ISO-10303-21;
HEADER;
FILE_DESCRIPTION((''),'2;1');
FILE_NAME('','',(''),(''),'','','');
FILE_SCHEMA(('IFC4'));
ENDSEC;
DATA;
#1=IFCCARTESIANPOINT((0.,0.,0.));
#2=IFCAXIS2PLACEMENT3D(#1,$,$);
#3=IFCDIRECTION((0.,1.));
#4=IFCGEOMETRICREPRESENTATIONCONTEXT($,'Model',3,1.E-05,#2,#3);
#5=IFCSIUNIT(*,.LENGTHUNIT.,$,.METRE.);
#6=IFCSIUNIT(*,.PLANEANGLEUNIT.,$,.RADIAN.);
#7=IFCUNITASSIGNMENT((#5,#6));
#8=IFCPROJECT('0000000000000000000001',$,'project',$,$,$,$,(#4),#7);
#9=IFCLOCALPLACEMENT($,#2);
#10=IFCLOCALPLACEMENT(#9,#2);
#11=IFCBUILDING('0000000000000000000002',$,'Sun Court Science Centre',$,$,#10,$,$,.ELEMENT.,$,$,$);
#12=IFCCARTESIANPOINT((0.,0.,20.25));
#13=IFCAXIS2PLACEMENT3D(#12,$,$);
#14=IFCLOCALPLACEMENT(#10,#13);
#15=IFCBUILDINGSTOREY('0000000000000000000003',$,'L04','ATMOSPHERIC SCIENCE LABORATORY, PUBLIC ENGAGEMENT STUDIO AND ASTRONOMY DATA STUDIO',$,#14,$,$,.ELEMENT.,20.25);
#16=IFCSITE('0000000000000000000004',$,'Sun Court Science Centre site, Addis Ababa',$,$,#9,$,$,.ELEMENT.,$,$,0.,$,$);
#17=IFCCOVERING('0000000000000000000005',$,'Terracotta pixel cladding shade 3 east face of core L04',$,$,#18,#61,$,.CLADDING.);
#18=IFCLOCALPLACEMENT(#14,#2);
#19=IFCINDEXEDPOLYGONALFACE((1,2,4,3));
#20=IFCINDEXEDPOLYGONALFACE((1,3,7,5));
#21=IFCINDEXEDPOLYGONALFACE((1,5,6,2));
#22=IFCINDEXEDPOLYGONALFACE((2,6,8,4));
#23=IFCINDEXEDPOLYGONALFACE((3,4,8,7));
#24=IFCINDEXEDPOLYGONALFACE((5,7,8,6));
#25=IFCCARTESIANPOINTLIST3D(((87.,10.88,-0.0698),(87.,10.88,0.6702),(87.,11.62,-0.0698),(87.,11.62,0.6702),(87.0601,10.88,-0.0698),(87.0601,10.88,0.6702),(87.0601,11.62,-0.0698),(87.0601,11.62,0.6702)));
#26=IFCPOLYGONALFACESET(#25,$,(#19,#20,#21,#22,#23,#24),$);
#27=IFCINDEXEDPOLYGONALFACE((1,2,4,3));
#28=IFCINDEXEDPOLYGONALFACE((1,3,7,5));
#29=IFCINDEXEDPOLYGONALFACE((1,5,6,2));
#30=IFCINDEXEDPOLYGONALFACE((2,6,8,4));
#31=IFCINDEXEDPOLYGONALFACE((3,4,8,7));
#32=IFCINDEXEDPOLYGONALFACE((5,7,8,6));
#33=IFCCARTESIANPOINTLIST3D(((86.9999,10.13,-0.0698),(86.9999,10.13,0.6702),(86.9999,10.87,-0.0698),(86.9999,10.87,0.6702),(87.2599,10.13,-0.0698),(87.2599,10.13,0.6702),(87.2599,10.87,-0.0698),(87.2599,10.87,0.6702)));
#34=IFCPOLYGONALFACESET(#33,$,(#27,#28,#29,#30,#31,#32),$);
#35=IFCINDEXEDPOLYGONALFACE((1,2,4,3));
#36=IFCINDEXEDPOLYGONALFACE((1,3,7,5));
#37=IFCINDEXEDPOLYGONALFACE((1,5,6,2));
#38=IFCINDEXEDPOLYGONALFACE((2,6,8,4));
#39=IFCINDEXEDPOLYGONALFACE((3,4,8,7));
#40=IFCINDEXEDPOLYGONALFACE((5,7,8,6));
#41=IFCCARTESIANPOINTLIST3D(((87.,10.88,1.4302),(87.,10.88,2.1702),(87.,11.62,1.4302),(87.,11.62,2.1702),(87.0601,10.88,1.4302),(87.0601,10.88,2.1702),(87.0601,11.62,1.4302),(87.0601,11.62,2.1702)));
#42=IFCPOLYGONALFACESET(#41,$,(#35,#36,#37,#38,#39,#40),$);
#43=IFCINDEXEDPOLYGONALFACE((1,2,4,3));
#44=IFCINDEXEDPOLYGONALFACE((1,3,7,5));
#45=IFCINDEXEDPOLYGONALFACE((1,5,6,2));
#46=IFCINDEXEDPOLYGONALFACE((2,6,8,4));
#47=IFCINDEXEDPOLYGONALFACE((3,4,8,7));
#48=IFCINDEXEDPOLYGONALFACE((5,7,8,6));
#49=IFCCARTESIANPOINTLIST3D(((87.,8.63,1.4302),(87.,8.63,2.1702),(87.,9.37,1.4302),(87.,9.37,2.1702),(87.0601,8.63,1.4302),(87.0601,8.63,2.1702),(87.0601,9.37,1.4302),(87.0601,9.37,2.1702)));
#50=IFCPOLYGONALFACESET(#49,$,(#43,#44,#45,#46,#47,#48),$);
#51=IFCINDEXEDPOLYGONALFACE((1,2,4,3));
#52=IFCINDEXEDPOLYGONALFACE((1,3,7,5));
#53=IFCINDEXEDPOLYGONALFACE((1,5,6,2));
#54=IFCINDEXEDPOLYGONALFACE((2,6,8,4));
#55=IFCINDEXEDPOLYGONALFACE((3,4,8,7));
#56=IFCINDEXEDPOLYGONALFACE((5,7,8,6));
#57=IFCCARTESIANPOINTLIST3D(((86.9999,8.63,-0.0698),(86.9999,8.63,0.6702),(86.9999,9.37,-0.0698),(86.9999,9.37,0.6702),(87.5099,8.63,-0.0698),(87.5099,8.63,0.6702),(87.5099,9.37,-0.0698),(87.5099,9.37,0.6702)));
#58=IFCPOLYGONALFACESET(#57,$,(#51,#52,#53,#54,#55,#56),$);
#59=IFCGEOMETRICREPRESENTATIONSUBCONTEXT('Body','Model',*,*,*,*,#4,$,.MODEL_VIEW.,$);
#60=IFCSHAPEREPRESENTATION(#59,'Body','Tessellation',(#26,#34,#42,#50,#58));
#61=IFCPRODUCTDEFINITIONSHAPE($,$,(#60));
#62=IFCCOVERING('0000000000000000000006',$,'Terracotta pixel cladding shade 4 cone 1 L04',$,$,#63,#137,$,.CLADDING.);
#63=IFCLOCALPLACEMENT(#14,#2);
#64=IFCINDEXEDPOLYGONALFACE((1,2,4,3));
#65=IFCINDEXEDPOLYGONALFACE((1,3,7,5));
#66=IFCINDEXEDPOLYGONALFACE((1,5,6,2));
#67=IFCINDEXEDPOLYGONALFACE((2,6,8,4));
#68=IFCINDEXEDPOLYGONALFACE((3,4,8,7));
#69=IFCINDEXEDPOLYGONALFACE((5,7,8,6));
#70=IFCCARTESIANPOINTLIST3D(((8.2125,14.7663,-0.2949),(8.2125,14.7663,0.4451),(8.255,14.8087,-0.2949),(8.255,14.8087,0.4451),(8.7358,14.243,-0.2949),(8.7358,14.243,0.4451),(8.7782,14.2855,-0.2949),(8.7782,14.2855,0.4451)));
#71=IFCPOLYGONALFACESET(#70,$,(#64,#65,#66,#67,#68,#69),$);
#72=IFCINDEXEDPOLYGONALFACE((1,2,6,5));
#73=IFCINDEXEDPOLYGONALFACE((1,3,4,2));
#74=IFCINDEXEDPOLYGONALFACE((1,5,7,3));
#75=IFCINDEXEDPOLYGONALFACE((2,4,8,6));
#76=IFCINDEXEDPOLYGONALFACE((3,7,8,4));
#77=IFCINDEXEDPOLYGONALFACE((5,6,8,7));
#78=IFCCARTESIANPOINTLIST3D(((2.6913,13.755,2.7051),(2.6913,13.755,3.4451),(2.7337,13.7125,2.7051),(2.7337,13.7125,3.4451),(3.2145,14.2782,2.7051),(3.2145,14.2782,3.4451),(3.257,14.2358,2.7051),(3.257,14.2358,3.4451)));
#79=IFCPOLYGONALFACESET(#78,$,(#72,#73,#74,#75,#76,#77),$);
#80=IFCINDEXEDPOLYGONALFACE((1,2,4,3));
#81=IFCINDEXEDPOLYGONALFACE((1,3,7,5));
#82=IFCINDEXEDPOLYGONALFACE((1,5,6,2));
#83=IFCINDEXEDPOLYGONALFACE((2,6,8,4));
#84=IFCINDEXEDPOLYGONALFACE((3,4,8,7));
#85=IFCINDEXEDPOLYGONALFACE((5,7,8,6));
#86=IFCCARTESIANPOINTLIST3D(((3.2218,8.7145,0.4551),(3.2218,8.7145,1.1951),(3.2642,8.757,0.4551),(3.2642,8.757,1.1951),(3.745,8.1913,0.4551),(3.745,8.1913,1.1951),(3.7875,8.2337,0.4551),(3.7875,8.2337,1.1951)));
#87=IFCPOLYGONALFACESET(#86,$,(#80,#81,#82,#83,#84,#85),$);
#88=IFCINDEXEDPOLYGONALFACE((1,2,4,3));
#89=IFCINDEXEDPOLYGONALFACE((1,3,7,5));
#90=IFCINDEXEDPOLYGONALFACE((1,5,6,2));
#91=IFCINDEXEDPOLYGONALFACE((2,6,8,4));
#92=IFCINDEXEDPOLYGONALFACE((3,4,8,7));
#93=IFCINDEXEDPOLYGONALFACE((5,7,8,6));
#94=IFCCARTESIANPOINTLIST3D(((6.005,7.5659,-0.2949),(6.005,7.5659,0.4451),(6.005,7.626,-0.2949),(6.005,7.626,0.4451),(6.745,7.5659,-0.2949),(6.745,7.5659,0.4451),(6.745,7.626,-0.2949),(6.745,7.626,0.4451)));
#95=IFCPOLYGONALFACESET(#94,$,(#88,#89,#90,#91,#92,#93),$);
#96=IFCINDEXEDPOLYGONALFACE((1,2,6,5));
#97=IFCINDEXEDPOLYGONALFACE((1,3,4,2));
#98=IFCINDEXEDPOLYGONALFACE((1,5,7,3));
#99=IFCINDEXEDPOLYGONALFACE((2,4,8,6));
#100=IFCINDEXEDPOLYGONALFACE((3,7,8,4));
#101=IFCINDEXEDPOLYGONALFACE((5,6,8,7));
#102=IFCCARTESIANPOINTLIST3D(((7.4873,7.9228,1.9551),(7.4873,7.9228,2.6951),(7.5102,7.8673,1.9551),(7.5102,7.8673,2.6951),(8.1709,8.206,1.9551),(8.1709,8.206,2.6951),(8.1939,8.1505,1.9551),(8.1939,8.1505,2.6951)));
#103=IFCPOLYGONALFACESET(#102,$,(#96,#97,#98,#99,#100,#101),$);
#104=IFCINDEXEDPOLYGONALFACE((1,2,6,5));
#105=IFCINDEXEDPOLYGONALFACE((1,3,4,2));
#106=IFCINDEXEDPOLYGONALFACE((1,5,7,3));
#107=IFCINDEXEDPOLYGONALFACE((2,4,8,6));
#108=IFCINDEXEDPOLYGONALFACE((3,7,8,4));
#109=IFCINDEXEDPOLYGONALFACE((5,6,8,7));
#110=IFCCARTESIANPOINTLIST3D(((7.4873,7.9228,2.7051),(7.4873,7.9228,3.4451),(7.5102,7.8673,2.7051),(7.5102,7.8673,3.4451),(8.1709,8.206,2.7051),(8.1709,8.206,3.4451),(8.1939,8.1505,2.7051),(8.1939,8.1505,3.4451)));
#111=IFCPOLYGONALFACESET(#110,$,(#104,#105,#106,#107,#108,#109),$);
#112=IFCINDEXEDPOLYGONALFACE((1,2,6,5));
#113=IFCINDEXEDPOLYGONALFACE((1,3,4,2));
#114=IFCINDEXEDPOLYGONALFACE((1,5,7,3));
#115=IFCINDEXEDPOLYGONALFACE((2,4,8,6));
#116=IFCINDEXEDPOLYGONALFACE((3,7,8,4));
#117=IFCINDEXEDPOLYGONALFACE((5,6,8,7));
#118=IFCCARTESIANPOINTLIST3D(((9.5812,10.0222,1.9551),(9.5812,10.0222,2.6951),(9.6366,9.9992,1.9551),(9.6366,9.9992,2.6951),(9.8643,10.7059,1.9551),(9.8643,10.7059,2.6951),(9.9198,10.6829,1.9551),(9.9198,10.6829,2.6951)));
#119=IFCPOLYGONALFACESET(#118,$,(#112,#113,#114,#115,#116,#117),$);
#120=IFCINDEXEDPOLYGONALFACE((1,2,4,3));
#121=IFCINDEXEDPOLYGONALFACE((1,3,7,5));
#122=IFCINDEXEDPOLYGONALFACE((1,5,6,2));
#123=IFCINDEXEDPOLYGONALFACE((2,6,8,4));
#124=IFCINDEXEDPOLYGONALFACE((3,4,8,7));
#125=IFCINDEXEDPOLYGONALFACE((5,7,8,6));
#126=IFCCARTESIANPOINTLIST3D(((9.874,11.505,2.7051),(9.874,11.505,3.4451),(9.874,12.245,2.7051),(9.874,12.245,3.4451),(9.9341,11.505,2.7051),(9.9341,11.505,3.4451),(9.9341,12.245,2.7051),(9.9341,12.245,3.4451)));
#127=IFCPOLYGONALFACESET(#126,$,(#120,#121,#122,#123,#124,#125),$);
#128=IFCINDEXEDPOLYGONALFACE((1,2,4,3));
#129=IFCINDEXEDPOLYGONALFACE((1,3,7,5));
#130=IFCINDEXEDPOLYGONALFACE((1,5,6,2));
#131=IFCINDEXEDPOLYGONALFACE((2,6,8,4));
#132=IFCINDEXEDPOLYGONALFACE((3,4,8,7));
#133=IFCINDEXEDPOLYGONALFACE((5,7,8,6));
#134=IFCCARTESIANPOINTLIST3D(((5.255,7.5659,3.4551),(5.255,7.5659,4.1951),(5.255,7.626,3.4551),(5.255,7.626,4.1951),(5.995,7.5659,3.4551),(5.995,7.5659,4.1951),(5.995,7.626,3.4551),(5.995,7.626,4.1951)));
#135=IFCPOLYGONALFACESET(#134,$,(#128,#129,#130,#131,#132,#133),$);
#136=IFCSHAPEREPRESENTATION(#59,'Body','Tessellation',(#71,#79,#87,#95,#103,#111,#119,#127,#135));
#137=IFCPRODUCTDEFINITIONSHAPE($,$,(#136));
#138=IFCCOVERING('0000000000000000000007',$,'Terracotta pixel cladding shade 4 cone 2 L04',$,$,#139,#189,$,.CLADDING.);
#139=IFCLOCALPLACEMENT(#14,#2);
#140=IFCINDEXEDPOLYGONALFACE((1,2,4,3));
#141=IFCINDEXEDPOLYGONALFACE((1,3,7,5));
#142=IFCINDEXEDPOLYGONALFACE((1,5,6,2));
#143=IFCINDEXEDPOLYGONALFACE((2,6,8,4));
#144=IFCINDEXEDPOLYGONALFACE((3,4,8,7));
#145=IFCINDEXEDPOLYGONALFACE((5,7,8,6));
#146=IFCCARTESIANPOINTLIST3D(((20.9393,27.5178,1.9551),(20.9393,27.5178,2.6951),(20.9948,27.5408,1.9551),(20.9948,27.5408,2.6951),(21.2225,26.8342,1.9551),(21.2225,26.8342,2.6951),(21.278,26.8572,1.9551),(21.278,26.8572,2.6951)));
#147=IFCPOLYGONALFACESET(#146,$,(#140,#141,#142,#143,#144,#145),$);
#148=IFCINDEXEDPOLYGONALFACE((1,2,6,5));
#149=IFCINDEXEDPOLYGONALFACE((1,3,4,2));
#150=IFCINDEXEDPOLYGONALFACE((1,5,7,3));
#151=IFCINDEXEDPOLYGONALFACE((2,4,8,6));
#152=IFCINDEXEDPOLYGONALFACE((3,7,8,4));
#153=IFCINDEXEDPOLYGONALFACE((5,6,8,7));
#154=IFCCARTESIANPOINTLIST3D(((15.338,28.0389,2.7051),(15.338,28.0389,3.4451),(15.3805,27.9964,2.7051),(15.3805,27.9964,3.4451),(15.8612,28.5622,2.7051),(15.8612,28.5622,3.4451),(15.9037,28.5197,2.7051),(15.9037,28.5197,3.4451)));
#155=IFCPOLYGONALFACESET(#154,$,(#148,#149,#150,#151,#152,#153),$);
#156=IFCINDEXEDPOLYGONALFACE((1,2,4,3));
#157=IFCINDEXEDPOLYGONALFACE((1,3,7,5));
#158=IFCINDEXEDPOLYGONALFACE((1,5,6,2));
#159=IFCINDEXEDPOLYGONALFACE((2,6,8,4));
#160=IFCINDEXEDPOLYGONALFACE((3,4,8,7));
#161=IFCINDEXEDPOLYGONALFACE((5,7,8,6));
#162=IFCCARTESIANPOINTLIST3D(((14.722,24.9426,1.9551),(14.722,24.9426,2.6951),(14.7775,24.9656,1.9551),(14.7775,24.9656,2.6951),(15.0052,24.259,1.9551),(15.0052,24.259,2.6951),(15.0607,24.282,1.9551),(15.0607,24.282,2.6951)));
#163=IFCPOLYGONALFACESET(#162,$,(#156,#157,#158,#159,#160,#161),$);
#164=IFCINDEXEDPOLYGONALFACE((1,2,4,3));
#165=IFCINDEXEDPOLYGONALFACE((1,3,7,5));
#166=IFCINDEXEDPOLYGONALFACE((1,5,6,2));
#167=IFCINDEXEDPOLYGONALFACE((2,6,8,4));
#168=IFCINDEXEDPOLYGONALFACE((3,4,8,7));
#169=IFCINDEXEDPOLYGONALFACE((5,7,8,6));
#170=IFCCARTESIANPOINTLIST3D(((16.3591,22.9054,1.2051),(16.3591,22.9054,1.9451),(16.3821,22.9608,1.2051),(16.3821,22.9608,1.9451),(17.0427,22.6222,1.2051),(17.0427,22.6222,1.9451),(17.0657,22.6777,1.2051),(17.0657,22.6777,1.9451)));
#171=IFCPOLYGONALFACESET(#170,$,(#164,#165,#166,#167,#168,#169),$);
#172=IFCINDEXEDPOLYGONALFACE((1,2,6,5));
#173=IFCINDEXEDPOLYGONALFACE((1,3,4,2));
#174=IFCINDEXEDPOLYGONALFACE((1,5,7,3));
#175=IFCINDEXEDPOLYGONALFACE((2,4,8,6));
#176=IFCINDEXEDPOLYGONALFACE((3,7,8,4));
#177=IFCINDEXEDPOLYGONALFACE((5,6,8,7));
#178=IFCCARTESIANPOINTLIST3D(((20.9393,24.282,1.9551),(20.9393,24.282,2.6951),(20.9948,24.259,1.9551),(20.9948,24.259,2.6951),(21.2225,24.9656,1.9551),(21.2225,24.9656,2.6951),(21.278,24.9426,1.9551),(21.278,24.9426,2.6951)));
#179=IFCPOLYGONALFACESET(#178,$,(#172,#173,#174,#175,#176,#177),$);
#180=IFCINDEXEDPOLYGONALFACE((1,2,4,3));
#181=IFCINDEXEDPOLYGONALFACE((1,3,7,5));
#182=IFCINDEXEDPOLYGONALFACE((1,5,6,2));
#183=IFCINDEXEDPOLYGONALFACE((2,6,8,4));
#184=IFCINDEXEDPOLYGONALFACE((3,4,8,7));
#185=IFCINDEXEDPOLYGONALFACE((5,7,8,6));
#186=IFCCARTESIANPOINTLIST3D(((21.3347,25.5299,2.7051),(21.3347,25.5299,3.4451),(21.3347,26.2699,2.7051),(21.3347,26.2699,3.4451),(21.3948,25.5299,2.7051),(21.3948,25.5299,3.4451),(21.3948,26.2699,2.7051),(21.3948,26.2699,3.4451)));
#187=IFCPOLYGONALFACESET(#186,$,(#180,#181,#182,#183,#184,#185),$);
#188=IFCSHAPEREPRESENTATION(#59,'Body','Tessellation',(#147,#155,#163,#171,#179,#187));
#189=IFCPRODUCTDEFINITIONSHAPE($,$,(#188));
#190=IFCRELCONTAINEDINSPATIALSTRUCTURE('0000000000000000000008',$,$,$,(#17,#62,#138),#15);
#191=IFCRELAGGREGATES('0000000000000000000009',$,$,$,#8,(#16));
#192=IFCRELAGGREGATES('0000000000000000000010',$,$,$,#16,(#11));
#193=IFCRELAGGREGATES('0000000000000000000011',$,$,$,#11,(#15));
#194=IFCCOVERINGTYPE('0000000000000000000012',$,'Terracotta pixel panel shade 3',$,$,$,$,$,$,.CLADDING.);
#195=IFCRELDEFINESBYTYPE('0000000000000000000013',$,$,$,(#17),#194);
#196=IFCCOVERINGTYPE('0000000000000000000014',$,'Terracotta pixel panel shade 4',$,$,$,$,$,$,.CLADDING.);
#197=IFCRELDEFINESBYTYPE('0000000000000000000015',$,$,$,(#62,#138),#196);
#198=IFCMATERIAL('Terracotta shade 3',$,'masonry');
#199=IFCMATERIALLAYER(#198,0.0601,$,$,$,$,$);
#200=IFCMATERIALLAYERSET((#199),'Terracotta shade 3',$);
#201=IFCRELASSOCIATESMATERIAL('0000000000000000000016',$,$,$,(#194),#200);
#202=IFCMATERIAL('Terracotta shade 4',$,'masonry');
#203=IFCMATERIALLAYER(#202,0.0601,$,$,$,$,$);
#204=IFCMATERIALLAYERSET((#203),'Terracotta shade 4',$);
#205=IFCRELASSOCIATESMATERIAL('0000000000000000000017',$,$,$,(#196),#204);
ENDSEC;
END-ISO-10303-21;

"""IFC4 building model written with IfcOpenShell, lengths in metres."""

from ifc_helpers import new_model, si_unit, direction, frame, origin, origin_2d, place, context, subcontext, project, spatial, rectangle, extrude, material, layer, layer_set, type_object, element, save


model = new_model("IFC4")

# Units and contexts
model_context = context("Model", 3, precision=1e-05, world=origin(), true_north=direction((0.0, 1.0)))
body_context = subcontext(model_context, "Body", "Model", "MODEL_VIEW")
ifc_project = project(units=[si_unit("LENGTHUNIT", "METRE"), si_unit("PLANEANGLEUNIT", "RADIAN")], contexts=[model_context])

# Site, building, storey
site_placement = place(None, origin())
site = spatial("IfcSite", under=ifc_project, at=site_placement, Name="Sun Court Science Centre site, Addis Ababa", CompositionType="ELEMENT", RefElevation=0.0)
building_placement = place(site_placement, origin())
building = spatial("IfcBuilding", under=site, at=building_placement, Name="Sun Court Science Centre", CompositionType="ELEMENT")
storey_placement = place(building_placement, frame((0.0, 0.0, 20.25)))
storey = spatial("IfcBuildingStorey", under=building, at=storey_placement, Name="L04", Description="ATMOSPHERIC SCIENCE LABORATORY, PUBLIC ENGAGEMENT STUDIO AND ASTRONOMY DATA STUDIO", CompositionType="ELEMENT", Elevation=20.25)

# Coverings
ifc_material_1 = material(Name="Terracotta shade 3", Category="masonry")
ifc_layer_1 = layer(ifc_material_1, 0.0601)
ifc_layer_set_1 = layer_set([ifc_layer_1], Name="Terracotta shade 3")
covering_type_1 = type_object("IfcCoveringType", Name="Terracotta pixel panel shade 3", PredefinedType="CLADDING", material=ifc_layer_set_1)
covering_1_placement = place(storey_placement, frame((0.0, 0.0, -20.25)))
element("IfcCovering", 1, at=covering_1_placement, inside=storey, type_object=covering_type_1, Name="Terracotta pixel cladding shade 3 east face of core L04", PredefinedType="CLADDING", context=body_context, shape_type="SweptSolid", body=[
    extrude(rectangle(XDim=0.74, YDim=0.0601, at=origin_2d()), frame((87.03, 11.25, 20.1802), z_axis=(0.0, 0.0, 1.0), x_axis=(0.0, -1.0, 0.0)), (0.0, 0.0, 1.0), 0.74),
    extrude(rectangle(XDim=0.74, YDim=0.26, at=origin_2d()), frame((87.1299, 10.5, 20.1802), z_axis=(0.0, 0.0, 1.0), x_axis=(0.0, -1.0, 0.0)), (0.0, 0.0, 1.0), 0.74),
    extrude(rectangle(XDim=0.74, YDim=0.0601, at=origin_2d()), frame((87.03, 11.25, 21.6802), z_axis=(0.0, 0.0, 1.0), x_axis=(0.0, -1.0, 0.0)), (0.0, 0.0, 1.0), 0.74),
    extrude(rectangle(XDim=0.74, YDim=0.0601, at=origin_2d()), frame((87.03, 9.0, 21.6802), z_axis=(0.0, 0.0, 1.0), x_axis=(0.0, -1.0, 0.0)), (0.0, 0.0, 1.0), 0.74),
    extrude(rectangle(XDim=0.74, YDim=0.51, at=origin_2d()), frame((87.2549, 9.0, 20.1802), z_axis=(0.0, 0.0, 1.0), x_axis=(0.0, -1.0, 0.0)), (0.0, 0.0, 1.0), 0.74),
])
ifc_material_2 = material(Name="Terracotta shade 4", Category="masonry")
ifc_layer_2 = layer(ifc_material_2, 0.0601)
ifc_layer_set_2 = layer_set([ifc_layer_2], Name="Terracotta shade 4")
covering_type_2 = type_object("IfcCoveringType", Name="Terracotta pixel panel shade 4", PredefinedType="CLADDING", material=ifc_layer_set_2)
covering_2_placement = place(storey_placement, frame((0.0, 0.0, -20.25)))
element("IfcCovering", 2, at=covering_2_placement, inside=storey, type_object=covering_type_2, Name="Terracotta pixel cladding shade 4 cone 1 L04", PredefinedType="CLADDING", context=body_context, shape_type="SweptSolid", body=[
    extrude(rectangle(XDim=0.74, YDim=0.0601, at=origin_2d()), frame((8.4954, 14.5259, 19.9551), z_axis=(0.0, 0.0, 1.0), x_axis=(0.707107, -0.707107, 0.0)), (0.0, 0.0, 1.0), 0.74),
    extrude(rectangle(XDim=0.74, YDim=0.0601, at=origin_2d()), frame((2.9741, 13.9954, 22.9551), z_axis=(0.0, 0.0, 1.0), x_axis=(0.707107, 0.707107, 0.0)), (0.0, 0.0, 1.0), 0.74),
    extrude(rectangle(XDim=0.74, YDim=0.0601, at=origin_2d()), frame((3.5046, 8.4741, 20.7051), z_axis=(0.0, 0.0, 1.0), x_axis=(-0.707107, 0.707107, 0.0)), (0.0, 0.0, 1.0), 0.74),
    extrude(rectangle(XDim=0.74, YDim=0.0601, at=origin_2d()), frame((6.375, 7.5959, 19.9551), z_axis=(0.0, 0.0, 1.0), x_axis=(-1.0, 0.0, 0.0)), (0.0, 0.0, 1.0), 0.74),
    extrude(rectangle(XDim=0.74, YDim=0.0601, at=origin_2d()), frame((7.8406, 8.0366, 22.2051), z_axis=(0.0, 0.0, 1.0), x_axis=(-0.92388, -0.382683, 0.0)), (0.0, 0.0, 1.0), 0.74),
    extrude(rectangle(XDim=0.74, YDim=0.0601, at=origin_2d()), frame((7.8406, 8.0366, 22.9551), z_axis=(0.0, 0.0, 1.0), x_axis=(-0.92388, -0.382683, 0.0)), (0.0, 0.0, 1.0), 0.74),
    extrude(rectangle(XDim=0.74, YDim=0.0601, at=origin_2d()), frame((9.7505, 10.3525, 22.2051), z_axis=(0.0, 0.0, 1.0), x_axis=(-0.382683, -0.92388, 0.0)), (0.0, 0.0, 1.0), 0.74),
    extrude(rectangle(XDim=0.74, YDim=0.0601, at=origin_2d()), frame((9.9041, 11.875, 22.9551), z_axis=(0.0, 0.0, 1.0), x_axis=(0.0, -1.0, 0.0)), (0.0, 0.0, 1.0), 0.74),
    extrude(rectangle(XDim=0.74, YDim=0.0601, at=origin_2d()), frame((5.625, 7.5959, 23.7051), z_axis=(0.0, 0.0, 1.0), x_axis=(-1.0, 0.0, 0.0)), (0.0, 0.0, 1.0), 0.74),
])
covering_3_placement = place(storey_placement, frame((0.0, 0.0, -20.25)))
element("IfcCovering", 3, at=covering_3_placement, inside=storey, type_object=covering_type_2, Name="Terracotta pixel cladding shade 4 cone 2 L04", PredefinedType="CLADDING", context=body_context, shape_type="SweptSolid", body=[
    extrude(rectangle(XDim=0.74, YDim=0.0601, at=origin_2d()), frame((21.1086, 27.1875, 22.2051), z_axis=(0.0, 0.0, 1.0), x_axis=(0.382683, -0.92388, 0.0)), (0.0, 0.0, 1.0), 0.74),
    extrude(rectangle(XDim=0.74, YDim=0.0601, at=origin_2d()), frame((15.6208, 28.2793, 22.9551), z_axis=(0.0, 0.0, 1.0), x_axis=(0.707107, 0.707107, 0.0)), (0.0, 0.0, 1.0), 0.74),
    extrude(rectangle(XDim=0.74, YDim=0.0601, at=origin_2d()), frame((14.8914, 24.6123, 22.2051), z_axis=(0.0, 0.0, 1.0), x_axis=(-0.382683, 0.92388, 0.0)), (0.0, 0.0, 1.0), 0.74),
    extrude(rectangle(XDim=0.74, YDim=0.0601, at=origin_2d()), frame((16.7124, 22.7915, 21.4551), z_axis=(0.0, 0.0, 1.0), x_axis=(-0.92388, 0.382683, 0.0)), (0.0, 0.0, 1.0), 0.74),
    extrude(rectangle(XDim=0.74, YDim=0.0601, at=origin_2d()), frame((21.1086, 24.6123, 22.2051), z_axis=(0.0, 0.0, 1.0), x_axis=(-0.382683, -0.92388, 0.0)), (0.0, 0.0, 1.0), 0.74),
    extrude(rectangle(XDim=0.74, YDim=0.0601, at=origin_2d()), frame((21.3647, 25.8999, 22.9551), z_axis=(0.0, 0.0, 1.0), x_axis=(0.0, -1.0, 0.0)), (0.0, 0.0, 1.0), 0.74),
])

save(model, "model.ifc")
